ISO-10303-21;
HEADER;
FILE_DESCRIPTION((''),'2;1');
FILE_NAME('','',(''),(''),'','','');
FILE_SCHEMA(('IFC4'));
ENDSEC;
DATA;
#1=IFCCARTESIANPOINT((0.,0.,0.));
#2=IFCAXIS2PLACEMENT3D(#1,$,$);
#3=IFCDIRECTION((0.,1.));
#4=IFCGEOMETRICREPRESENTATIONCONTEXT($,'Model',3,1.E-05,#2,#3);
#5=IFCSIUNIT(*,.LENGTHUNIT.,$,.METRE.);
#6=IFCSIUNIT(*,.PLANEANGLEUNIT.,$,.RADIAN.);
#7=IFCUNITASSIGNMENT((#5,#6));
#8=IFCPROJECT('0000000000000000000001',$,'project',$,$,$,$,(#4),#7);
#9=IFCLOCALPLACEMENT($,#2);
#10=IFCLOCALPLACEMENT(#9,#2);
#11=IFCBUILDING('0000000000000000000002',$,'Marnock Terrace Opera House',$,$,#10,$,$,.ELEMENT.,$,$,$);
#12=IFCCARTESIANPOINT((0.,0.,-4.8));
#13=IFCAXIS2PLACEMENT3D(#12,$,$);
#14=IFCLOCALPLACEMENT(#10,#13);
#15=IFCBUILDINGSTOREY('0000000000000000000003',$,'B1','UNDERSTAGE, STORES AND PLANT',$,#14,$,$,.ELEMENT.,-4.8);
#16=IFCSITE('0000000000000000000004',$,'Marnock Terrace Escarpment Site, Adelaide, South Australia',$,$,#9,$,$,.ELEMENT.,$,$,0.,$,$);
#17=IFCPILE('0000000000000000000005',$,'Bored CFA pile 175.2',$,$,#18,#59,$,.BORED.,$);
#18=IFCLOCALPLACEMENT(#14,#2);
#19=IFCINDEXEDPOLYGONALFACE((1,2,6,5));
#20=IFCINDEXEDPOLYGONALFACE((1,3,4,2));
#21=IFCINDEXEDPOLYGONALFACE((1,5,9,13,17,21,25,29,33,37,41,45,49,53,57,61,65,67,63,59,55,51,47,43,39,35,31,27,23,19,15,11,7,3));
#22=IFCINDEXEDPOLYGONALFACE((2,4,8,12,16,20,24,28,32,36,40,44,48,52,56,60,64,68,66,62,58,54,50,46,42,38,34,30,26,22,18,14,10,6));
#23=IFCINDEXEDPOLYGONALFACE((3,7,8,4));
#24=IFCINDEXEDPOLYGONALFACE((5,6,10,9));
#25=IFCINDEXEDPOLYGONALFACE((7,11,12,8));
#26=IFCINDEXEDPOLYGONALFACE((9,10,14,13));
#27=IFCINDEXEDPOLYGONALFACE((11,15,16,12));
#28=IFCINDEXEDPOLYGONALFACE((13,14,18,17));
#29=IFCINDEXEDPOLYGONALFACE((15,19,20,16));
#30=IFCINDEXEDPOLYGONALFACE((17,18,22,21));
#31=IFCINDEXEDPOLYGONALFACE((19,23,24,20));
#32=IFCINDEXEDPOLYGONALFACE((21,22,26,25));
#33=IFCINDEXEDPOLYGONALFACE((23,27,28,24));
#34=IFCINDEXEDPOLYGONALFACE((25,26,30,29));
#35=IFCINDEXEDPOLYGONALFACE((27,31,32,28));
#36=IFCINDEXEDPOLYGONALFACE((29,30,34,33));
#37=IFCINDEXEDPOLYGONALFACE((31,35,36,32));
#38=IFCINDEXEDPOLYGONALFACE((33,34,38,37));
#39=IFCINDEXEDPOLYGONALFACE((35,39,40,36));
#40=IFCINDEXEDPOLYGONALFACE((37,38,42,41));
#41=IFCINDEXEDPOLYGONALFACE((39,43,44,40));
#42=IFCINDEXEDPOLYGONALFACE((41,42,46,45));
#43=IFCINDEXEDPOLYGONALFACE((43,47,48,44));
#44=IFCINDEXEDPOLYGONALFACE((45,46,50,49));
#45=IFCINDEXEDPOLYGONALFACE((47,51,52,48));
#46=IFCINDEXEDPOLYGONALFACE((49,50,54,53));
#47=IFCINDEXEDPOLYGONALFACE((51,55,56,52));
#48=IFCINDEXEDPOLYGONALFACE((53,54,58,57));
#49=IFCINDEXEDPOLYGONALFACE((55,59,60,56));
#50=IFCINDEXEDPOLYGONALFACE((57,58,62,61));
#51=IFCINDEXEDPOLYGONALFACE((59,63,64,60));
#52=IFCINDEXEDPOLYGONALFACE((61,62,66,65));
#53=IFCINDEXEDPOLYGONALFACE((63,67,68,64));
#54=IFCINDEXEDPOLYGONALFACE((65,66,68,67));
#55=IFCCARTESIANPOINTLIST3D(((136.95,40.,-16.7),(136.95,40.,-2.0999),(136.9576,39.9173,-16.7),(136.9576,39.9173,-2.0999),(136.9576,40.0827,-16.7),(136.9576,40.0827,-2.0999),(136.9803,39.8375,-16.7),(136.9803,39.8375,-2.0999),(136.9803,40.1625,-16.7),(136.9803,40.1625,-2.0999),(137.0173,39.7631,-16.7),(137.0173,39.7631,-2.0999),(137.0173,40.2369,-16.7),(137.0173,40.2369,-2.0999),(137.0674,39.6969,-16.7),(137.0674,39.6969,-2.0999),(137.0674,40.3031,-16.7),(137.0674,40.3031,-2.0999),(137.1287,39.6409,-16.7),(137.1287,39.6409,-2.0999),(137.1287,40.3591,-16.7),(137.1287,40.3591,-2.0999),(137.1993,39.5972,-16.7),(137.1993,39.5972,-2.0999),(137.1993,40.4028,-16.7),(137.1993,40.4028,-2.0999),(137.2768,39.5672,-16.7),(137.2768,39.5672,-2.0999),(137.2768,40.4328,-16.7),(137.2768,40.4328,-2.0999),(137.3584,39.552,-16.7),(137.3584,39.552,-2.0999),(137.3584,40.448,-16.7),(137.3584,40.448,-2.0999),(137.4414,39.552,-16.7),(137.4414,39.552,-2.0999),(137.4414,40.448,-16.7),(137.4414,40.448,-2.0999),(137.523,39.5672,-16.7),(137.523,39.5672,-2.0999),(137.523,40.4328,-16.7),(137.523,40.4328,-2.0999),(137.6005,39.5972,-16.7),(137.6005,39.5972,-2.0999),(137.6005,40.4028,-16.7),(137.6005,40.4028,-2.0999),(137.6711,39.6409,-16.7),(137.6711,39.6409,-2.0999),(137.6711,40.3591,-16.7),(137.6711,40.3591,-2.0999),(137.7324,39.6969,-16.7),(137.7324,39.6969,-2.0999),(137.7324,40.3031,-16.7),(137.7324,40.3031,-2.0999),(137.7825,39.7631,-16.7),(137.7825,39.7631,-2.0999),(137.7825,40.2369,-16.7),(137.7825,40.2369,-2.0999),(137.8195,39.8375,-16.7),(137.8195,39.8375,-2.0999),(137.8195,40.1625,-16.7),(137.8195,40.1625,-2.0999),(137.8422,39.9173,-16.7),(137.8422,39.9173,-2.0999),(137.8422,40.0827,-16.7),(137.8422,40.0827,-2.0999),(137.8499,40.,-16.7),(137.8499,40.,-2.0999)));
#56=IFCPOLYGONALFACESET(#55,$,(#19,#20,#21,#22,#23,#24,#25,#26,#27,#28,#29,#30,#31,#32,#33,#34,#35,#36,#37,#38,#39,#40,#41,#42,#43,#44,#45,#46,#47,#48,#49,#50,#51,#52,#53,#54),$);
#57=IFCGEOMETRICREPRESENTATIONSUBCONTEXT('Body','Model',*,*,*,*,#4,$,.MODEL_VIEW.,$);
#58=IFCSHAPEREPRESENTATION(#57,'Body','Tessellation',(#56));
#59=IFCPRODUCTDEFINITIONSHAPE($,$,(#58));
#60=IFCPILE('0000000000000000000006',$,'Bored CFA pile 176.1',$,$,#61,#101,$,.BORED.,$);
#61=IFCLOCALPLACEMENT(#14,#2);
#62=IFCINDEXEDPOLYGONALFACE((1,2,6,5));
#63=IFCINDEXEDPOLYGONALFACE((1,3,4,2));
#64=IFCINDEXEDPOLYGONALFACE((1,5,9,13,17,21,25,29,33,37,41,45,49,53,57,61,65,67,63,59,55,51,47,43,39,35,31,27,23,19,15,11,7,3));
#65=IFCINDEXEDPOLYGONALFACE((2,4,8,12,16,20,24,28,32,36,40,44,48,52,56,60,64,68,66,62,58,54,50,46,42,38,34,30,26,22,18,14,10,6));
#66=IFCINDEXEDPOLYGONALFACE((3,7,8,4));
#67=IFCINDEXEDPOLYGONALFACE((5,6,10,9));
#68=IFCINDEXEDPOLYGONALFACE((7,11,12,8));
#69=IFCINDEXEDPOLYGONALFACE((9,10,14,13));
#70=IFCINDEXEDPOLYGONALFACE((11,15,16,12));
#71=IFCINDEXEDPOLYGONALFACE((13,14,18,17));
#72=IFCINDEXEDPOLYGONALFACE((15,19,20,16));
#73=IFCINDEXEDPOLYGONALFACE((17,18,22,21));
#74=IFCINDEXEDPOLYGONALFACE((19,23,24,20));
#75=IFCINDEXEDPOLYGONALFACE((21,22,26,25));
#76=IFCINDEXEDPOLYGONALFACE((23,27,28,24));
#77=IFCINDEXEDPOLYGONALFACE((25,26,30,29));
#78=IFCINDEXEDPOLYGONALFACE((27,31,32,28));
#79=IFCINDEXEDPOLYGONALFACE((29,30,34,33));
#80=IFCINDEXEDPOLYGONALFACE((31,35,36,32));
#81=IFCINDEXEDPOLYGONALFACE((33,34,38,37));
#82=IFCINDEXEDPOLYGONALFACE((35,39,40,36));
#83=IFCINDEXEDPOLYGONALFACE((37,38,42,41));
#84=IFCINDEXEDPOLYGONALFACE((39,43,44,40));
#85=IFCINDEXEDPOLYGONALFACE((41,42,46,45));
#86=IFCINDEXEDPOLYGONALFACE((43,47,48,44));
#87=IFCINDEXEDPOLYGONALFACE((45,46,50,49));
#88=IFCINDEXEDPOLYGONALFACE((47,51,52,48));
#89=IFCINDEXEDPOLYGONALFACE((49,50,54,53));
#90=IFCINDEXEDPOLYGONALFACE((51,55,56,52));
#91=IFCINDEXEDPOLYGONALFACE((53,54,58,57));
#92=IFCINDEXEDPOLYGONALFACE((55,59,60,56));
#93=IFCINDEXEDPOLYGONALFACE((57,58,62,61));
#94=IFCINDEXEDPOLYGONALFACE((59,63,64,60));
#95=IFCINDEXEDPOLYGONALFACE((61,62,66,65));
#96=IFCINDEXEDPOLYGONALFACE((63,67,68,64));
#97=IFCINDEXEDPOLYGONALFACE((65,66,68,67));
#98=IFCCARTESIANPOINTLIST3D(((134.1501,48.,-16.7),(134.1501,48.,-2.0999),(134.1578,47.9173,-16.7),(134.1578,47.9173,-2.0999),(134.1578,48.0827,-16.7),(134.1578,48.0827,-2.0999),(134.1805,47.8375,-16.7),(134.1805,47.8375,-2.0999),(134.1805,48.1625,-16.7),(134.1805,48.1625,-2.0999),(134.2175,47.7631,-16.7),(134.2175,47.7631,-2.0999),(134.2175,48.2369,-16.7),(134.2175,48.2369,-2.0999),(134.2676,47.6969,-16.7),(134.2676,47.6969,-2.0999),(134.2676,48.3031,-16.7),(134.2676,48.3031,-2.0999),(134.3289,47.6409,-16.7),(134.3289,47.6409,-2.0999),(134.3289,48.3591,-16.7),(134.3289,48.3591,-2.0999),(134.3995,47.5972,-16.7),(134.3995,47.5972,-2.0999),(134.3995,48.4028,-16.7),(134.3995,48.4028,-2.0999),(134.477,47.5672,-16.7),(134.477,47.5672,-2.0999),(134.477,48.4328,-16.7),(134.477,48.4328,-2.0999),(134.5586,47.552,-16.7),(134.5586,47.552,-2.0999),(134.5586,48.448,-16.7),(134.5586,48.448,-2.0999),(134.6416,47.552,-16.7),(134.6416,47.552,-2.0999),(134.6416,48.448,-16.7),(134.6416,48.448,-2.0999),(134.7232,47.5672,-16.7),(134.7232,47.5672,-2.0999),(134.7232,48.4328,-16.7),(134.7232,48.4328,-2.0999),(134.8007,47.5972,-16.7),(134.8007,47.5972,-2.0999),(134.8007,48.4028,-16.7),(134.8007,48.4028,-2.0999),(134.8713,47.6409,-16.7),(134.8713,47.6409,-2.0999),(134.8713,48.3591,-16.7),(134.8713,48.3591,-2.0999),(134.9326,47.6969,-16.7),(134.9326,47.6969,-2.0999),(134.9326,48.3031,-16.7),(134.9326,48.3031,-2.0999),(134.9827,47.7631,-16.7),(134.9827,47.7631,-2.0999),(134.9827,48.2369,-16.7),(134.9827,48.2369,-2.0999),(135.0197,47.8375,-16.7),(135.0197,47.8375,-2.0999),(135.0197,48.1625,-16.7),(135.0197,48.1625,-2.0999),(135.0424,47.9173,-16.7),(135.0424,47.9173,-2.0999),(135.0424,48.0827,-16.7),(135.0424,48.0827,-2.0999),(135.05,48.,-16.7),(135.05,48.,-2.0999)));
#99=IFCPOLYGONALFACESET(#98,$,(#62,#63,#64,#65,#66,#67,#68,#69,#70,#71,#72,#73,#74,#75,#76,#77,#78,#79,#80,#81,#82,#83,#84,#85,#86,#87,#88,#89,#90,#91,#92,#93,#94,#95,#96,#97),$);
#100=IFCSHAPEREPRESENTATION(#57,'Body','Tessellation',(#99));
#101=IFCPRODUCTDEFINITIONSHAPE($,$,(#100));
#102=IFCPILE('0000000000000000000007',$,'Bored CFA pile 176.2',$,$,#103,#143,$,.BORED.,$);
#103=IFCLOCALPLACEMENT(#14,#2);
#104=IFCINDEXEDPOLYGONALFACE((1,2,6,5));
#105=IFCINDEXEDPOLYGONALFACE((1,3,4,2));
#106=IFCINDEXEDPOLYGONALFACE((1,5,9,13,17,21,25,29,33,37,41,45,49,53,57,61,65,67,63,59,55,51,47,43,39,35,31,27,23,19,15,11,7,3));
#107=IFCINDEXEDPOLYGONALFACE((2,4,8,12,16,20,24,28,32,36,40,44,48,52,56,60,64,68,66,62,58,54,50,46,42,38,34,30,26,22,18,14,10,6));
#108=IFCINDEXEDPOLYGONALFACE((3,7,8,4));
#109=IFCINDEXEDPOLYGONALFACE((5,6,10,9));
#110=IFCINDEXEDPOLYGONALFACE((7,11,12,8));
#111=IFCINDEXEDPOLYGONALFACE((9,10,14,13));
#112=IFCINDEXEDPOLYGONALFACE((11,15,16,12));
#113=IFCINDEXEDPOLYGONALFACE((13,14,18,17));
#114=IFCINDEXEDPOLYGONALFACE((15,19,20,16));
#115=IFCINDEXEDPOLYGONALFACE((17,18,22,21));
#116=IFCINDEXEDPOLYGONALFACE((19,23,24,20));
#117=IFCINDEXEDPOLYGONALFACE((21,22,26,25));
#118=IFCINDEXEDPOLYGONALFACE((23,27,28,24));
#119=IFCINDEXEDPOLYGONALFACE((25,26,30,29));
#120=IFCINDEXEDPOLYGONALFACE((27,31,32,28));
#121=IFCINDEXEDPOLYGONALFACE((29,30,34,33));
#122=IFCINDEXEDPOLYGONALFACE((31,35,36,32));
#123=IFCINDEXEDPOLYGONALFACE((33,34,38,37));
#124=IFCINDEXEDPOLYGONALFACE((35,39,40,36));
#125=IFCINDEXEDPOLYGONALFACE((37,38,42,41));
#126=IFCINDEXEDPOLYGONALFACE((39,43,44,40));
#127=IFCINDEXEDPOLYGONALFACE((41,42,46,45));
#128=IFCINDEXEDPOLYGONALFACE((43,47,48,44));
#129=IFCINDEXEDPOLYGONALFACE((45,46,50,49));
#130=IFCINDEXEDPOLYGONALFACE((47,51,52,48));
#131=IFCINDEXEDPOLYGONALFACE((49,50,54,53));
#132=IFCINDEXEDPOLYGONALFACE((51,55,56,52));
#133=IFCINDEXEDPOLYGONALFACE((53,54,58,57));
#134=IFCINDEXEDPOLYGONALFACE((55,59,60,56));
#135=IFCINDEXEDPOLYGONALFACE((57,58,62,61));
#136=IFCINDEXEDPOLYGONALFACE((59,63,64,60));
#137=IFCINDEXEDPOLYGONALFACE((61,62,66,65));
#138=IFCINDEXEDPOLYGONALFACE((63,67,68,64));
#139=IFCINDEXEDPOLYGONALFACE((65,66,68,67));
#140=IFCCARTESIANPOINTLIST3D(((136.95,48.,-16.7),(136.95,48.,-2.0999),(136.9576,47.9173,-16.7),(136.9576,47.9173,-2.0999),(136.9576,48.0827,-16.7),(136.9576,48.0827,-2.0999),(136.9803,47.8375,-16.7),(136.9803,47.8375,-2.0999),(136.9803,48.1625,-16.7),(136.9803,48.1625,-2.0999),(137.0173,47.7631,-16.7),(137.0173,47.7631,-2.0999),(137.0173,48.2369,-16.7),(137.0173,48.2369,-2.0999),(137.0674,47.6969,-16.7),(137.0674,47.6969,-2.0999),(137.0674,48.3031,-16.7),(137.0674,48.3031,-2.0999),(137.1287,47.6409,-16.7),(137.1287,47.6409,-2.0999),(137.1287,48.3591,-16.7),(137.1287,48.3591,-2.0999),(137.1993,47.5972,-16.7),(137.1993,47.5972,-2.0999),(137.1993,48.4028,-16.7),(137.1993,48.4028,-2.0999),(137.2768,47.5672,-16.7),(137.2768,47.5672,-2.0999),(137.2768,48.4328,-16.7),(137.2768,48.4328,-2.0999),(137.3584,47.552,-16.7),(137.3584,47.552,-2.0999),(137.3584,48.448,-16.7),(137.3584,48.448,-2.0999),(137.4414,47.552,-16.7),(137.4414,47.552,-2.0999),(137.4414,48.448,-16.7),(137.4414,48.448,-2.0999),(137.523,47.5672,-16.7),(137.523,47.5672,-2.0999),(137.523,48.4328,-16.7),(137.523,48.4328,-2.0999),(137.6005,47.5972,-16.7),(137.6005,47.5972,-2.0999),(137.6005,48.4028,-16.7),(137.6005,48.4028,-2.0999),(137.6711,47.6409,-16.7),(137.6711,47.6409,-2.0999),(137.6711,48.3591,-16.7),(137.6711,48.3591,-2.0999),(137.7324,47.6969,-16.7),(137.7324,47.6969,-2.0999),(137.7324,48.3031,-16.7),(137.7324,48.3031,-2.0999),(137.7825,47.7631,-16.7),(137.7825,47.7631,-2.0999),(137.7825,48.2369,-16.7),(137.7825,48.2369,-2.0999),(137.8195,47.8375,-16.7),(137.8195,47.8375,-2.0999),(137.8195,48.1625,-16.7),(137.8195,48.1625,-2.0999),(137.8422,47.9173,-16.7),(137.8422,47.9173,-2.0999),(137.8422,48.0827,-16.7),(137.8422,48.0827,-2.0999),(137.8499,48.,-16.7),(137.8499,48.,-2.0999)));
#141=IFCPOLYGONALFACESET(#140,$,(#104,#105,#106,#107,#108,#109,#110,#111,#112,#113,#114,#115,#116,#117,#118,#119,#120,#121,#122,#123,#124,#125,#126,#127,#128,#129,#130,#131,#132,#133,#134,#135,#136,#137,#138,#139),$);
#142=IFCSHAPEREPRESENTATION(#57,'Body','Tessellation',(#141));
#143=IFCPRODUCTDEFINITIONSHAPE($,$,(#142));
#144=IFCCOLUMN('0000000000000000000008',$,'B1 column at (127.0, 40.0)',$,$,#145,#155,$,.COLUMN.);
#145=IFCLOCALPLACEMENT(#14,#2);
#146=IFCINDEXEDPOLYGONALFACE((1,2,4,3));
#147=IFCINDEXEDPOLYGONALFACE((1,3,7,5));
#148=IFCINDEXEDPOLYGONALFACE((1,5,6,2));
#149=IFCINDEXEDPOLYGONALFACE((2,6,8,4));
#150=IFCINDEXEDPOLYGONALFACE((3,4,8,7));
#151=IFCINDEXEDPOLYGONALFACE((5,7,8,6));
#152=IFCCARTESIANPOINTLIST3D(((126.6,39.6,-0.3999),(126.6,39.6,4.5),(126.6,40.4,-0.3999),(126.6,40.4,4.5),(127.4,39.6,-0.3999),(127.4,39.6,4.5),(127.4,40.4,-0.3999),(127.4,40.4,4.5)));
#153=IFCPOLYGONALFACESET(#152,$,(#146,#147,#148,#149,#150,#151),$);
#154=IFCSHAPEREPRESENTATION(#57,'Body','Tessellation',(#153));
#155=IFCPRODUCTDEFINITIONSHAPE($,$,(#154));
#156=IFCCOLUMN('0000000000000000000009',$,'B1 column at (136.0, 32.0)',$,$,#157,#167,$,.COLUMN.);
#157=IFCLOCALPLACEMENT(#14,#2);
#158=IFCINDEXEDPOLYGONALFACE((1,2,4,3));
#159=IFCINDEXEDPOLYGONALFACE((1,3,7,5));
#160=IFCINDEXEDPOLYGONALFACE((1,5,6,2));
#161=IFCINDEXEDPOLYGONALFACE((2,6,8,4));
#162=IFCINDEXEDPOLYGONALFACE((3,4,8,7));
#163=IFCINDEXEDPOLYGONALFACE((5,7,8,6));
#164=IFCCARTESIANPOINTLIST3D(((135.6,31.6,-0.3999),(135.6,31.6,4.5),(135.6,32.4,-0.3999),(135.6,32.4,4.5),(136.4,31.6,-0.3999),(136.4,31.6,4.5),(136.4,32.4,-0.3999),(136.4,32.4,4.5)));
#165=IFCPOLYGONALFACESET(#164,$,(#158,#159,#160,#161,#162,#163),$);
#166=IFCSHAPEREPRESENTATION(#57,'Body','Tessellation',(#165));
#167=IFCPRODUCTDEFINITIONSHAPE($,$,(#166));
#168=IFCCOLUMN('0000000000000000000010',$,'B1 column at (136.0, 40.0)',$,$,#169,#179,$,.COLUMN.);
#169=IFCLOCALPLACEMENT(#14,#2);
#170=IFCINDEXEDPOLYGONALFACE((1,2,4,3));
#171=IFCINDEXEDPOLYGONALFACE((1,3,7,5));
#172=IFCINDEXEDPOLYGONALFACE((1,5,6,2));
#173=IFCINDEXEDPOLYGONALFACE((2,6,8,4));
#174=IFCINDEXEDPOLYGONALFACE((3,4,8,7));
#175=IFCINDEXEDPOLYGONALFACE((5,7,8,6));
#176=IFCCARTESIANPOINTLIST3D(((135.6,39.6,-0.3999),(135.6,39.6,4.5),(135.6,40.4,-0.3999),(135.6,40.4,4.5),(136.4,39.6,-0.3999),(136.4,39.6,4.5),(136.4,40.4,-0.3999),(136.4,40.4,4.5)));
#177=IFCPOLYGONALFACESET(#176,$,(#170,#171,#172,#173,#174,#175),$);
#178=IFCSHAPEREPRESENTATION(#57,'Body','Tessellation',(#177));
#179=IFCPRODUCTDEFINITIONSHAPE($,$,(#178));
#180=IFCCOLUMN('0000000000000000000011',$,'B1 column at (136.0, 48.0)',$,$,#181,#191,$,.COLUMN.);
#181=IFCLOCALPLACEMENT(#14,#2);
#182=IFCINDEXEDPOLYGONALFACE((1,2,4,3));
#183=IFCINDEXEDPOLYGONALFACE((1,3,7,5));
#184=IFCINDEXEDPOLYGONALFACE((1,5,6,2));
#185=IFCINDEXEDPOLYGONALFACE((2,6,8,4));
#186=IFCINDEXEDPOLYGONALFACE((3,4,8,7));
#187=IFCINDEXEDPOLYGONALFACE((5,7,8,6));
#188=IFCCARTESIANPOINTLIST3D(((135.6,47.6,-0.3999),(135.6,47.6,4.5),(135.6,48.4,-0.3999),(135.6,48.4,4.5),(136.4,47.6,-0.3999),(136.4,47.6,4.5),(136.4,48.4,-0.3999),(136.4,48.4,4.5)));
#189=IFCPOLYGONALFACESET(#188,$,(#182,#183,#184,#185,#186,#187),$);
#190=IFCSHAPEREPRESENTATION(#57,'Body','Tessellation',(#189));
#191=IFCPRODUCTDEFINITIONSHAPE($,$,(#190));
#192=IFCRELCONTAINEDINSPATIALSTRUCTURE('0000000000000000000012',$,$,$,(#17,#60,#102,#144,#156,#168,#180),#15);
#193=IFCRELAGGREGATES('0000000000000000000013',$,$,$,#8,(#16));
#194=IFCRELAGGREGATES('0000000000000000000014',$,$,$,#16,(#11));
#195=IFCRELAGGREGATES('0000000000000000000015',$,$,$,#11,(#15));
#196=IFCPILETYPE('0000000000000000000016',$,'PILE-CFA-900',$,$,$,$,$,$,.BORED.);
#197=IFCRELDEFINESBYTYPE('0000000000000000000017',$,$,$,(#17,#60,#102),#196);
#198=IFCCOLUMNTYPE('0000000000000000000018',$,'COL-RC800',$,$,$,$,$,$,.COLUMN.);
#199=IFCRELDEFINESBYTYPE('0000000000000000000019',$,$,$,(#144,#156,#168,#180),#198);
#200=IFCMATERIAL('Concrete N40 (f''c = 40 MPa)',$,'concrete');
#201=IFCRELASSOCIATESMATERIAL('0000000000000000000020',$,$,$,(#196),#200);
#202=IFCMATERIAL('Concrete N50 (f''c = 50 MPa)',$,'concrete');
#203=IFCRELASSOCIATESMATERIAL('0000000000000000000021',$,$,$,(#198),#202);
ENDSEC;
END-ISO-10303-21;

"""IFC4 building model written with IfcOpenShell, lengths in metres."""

from ifc_helpers import new_model, si_unit, direction, frame, origin, origin_2d, place, context, subcontext, project, spatial, rectangle, circle, extrude, material, material_profile, profile_set, type_object, element, save


model = new_model("IFC4")

# Units and contexts
model_context = context("Model", 3, precision=1e-05, world=origin(), true_north=direction((0.0, 1.0)))
body_context = subcontext(model_context, "Body", "Model", "MODEL_VIEW")
ifc_project = project(units=[si_unit("LENGTHUNIT", "METRE"), si_unit("PLANEANGLEUNIT", "RADIAN")], contexts=[model_context])

# Site, building, storey
site_placement = place(None, origin())
site = spatial("IfcSite", under=ifc_project, at=site_placement, Name="Marnock Terrace Escarpment Site, Adelaide, South Australia", CompositionType="ELEMENT", RefElevation=0.0)
building_placement = place(site_placement, origin())
building = spatial("IfcBuilding", under=site, at=building_placement, Name="Marnock Terrace Opera House", CompositionType="ELEMENT")
storey_placement = place(building_placement, frame((0.0, 0.0, -4.8)))
storey = spatial("IfcBuildingStorey", under=building, at=storey_placement, Name="B1", Description="UNDERSTAGE, STORES AND PLANT", CompositionType="ELEMENT", Elevation=-4.8)

# Shared definitions
ifc_material_1 = material(Name="Concrete N40 (f'c = 40 MPa)", Category="concrete")

# Piles
ifc_material_profile_1 = material_profile(ifc_material_1, circle(Radius=0.45, at=origin_2d()))
ifc_profile_set_1 = profile_set([ifc_material_profile_1], Name="Concrete N40 (f'c = 40 MPa)")
pile_type = type_object("IfcPileType", Name="PILE-CFA-900", PredefinedType="BORED", material=ifc_profile_set_1)
for number, where, z_axis, x_axis, name in (
    (1, (137.3999, 40.0, -2.0999), (0.0, 0.0, -1.0), (1.0, 0.0, 0.0), "Bored CFA pile 175.2"),
    (2, (134.6001, 48.0, -2.0999), (0.0, 0.0, -1.0), (1.0, 0.0, 0.0), "Bored CFA pile 176.1"),
    (3, (137.3999, 48.0, -2.0999), (0.0, 0.0, -1.0), (1.0, 0.0, 0.0), "Bored CFA pile 176.2"),
):
    element("IfcPile", number, at=place(storey_placement, frame(where, z_axis=z_axis, x_axis=x_axis)), inside=storey, type_object=pile_type, Name=name, PredefinedType="BORED", context=body_context, shape_type="SweptSolid", body=[
        extrude(circle(Radius=0.45, at=origin_2d()), origin(), (0.0, 0.0, 1.0), 14.6001),
    ])

# Columns
ifc_material_2 = material(Name="Concrete N50 (f'c = 50 MPa)", Category="concrete")
ifc_material_profile_2 = material_profile(ifc_material_2, rectangle(XDim=0.8, YDim=0.8, at=origin_2d()))
ifc_profile_set_2 = profile_set([ifc_material_profile_2], Name="Concrete N50 (f'c = 50 MPa)")
column_type = type_object("IfcColumnType", Name="COL-RC800", PredefinedType="COLUMN", material=ifc_profile_set_2)
for number, where, z_axis, x_axis, name in (
    (4, (127.0, 40.0, -0.3999), (0.0, 0.0, 1.0), (1.0, 0.0, 0.0), "B1 column at (127.0, 40.0)"),
    (5, (136.0, 32.0, -0.3999), (0.0, 0.0, 1.0), (1.0, 0.0, 0.0), "B1 column at (136.0, 32.0)"),
    (6, (136.0, 40.0, -0.3999), (0.0, 0.0, 1.0), (1.0, 0.0, 0.0), "B1 column at (136.0, 40.0)"),
    (7, (136.0, 48.0, -0.3999), (0.0, 0.0, 1.0), (1.0, 0.0, 0.0), "B1 column at (136.0, 48.0)"),
):
    element("IfcColumn", number, at=place(storey_placement, frame(where, z_axis=z_axis, x_axis=x_axis)), inside=storey, type_object=column_type, Name=name, PredefinedType="COLUMN", context=body_context, shape_type="SweptSolid", body=[
        extrude(rectangle(XDim=0.8, YDim=0.8, at=origin_2d()), origin(), (0.0, 0.0, 1.0), 4.8999),
    ])

save(model, "model.ifc")
